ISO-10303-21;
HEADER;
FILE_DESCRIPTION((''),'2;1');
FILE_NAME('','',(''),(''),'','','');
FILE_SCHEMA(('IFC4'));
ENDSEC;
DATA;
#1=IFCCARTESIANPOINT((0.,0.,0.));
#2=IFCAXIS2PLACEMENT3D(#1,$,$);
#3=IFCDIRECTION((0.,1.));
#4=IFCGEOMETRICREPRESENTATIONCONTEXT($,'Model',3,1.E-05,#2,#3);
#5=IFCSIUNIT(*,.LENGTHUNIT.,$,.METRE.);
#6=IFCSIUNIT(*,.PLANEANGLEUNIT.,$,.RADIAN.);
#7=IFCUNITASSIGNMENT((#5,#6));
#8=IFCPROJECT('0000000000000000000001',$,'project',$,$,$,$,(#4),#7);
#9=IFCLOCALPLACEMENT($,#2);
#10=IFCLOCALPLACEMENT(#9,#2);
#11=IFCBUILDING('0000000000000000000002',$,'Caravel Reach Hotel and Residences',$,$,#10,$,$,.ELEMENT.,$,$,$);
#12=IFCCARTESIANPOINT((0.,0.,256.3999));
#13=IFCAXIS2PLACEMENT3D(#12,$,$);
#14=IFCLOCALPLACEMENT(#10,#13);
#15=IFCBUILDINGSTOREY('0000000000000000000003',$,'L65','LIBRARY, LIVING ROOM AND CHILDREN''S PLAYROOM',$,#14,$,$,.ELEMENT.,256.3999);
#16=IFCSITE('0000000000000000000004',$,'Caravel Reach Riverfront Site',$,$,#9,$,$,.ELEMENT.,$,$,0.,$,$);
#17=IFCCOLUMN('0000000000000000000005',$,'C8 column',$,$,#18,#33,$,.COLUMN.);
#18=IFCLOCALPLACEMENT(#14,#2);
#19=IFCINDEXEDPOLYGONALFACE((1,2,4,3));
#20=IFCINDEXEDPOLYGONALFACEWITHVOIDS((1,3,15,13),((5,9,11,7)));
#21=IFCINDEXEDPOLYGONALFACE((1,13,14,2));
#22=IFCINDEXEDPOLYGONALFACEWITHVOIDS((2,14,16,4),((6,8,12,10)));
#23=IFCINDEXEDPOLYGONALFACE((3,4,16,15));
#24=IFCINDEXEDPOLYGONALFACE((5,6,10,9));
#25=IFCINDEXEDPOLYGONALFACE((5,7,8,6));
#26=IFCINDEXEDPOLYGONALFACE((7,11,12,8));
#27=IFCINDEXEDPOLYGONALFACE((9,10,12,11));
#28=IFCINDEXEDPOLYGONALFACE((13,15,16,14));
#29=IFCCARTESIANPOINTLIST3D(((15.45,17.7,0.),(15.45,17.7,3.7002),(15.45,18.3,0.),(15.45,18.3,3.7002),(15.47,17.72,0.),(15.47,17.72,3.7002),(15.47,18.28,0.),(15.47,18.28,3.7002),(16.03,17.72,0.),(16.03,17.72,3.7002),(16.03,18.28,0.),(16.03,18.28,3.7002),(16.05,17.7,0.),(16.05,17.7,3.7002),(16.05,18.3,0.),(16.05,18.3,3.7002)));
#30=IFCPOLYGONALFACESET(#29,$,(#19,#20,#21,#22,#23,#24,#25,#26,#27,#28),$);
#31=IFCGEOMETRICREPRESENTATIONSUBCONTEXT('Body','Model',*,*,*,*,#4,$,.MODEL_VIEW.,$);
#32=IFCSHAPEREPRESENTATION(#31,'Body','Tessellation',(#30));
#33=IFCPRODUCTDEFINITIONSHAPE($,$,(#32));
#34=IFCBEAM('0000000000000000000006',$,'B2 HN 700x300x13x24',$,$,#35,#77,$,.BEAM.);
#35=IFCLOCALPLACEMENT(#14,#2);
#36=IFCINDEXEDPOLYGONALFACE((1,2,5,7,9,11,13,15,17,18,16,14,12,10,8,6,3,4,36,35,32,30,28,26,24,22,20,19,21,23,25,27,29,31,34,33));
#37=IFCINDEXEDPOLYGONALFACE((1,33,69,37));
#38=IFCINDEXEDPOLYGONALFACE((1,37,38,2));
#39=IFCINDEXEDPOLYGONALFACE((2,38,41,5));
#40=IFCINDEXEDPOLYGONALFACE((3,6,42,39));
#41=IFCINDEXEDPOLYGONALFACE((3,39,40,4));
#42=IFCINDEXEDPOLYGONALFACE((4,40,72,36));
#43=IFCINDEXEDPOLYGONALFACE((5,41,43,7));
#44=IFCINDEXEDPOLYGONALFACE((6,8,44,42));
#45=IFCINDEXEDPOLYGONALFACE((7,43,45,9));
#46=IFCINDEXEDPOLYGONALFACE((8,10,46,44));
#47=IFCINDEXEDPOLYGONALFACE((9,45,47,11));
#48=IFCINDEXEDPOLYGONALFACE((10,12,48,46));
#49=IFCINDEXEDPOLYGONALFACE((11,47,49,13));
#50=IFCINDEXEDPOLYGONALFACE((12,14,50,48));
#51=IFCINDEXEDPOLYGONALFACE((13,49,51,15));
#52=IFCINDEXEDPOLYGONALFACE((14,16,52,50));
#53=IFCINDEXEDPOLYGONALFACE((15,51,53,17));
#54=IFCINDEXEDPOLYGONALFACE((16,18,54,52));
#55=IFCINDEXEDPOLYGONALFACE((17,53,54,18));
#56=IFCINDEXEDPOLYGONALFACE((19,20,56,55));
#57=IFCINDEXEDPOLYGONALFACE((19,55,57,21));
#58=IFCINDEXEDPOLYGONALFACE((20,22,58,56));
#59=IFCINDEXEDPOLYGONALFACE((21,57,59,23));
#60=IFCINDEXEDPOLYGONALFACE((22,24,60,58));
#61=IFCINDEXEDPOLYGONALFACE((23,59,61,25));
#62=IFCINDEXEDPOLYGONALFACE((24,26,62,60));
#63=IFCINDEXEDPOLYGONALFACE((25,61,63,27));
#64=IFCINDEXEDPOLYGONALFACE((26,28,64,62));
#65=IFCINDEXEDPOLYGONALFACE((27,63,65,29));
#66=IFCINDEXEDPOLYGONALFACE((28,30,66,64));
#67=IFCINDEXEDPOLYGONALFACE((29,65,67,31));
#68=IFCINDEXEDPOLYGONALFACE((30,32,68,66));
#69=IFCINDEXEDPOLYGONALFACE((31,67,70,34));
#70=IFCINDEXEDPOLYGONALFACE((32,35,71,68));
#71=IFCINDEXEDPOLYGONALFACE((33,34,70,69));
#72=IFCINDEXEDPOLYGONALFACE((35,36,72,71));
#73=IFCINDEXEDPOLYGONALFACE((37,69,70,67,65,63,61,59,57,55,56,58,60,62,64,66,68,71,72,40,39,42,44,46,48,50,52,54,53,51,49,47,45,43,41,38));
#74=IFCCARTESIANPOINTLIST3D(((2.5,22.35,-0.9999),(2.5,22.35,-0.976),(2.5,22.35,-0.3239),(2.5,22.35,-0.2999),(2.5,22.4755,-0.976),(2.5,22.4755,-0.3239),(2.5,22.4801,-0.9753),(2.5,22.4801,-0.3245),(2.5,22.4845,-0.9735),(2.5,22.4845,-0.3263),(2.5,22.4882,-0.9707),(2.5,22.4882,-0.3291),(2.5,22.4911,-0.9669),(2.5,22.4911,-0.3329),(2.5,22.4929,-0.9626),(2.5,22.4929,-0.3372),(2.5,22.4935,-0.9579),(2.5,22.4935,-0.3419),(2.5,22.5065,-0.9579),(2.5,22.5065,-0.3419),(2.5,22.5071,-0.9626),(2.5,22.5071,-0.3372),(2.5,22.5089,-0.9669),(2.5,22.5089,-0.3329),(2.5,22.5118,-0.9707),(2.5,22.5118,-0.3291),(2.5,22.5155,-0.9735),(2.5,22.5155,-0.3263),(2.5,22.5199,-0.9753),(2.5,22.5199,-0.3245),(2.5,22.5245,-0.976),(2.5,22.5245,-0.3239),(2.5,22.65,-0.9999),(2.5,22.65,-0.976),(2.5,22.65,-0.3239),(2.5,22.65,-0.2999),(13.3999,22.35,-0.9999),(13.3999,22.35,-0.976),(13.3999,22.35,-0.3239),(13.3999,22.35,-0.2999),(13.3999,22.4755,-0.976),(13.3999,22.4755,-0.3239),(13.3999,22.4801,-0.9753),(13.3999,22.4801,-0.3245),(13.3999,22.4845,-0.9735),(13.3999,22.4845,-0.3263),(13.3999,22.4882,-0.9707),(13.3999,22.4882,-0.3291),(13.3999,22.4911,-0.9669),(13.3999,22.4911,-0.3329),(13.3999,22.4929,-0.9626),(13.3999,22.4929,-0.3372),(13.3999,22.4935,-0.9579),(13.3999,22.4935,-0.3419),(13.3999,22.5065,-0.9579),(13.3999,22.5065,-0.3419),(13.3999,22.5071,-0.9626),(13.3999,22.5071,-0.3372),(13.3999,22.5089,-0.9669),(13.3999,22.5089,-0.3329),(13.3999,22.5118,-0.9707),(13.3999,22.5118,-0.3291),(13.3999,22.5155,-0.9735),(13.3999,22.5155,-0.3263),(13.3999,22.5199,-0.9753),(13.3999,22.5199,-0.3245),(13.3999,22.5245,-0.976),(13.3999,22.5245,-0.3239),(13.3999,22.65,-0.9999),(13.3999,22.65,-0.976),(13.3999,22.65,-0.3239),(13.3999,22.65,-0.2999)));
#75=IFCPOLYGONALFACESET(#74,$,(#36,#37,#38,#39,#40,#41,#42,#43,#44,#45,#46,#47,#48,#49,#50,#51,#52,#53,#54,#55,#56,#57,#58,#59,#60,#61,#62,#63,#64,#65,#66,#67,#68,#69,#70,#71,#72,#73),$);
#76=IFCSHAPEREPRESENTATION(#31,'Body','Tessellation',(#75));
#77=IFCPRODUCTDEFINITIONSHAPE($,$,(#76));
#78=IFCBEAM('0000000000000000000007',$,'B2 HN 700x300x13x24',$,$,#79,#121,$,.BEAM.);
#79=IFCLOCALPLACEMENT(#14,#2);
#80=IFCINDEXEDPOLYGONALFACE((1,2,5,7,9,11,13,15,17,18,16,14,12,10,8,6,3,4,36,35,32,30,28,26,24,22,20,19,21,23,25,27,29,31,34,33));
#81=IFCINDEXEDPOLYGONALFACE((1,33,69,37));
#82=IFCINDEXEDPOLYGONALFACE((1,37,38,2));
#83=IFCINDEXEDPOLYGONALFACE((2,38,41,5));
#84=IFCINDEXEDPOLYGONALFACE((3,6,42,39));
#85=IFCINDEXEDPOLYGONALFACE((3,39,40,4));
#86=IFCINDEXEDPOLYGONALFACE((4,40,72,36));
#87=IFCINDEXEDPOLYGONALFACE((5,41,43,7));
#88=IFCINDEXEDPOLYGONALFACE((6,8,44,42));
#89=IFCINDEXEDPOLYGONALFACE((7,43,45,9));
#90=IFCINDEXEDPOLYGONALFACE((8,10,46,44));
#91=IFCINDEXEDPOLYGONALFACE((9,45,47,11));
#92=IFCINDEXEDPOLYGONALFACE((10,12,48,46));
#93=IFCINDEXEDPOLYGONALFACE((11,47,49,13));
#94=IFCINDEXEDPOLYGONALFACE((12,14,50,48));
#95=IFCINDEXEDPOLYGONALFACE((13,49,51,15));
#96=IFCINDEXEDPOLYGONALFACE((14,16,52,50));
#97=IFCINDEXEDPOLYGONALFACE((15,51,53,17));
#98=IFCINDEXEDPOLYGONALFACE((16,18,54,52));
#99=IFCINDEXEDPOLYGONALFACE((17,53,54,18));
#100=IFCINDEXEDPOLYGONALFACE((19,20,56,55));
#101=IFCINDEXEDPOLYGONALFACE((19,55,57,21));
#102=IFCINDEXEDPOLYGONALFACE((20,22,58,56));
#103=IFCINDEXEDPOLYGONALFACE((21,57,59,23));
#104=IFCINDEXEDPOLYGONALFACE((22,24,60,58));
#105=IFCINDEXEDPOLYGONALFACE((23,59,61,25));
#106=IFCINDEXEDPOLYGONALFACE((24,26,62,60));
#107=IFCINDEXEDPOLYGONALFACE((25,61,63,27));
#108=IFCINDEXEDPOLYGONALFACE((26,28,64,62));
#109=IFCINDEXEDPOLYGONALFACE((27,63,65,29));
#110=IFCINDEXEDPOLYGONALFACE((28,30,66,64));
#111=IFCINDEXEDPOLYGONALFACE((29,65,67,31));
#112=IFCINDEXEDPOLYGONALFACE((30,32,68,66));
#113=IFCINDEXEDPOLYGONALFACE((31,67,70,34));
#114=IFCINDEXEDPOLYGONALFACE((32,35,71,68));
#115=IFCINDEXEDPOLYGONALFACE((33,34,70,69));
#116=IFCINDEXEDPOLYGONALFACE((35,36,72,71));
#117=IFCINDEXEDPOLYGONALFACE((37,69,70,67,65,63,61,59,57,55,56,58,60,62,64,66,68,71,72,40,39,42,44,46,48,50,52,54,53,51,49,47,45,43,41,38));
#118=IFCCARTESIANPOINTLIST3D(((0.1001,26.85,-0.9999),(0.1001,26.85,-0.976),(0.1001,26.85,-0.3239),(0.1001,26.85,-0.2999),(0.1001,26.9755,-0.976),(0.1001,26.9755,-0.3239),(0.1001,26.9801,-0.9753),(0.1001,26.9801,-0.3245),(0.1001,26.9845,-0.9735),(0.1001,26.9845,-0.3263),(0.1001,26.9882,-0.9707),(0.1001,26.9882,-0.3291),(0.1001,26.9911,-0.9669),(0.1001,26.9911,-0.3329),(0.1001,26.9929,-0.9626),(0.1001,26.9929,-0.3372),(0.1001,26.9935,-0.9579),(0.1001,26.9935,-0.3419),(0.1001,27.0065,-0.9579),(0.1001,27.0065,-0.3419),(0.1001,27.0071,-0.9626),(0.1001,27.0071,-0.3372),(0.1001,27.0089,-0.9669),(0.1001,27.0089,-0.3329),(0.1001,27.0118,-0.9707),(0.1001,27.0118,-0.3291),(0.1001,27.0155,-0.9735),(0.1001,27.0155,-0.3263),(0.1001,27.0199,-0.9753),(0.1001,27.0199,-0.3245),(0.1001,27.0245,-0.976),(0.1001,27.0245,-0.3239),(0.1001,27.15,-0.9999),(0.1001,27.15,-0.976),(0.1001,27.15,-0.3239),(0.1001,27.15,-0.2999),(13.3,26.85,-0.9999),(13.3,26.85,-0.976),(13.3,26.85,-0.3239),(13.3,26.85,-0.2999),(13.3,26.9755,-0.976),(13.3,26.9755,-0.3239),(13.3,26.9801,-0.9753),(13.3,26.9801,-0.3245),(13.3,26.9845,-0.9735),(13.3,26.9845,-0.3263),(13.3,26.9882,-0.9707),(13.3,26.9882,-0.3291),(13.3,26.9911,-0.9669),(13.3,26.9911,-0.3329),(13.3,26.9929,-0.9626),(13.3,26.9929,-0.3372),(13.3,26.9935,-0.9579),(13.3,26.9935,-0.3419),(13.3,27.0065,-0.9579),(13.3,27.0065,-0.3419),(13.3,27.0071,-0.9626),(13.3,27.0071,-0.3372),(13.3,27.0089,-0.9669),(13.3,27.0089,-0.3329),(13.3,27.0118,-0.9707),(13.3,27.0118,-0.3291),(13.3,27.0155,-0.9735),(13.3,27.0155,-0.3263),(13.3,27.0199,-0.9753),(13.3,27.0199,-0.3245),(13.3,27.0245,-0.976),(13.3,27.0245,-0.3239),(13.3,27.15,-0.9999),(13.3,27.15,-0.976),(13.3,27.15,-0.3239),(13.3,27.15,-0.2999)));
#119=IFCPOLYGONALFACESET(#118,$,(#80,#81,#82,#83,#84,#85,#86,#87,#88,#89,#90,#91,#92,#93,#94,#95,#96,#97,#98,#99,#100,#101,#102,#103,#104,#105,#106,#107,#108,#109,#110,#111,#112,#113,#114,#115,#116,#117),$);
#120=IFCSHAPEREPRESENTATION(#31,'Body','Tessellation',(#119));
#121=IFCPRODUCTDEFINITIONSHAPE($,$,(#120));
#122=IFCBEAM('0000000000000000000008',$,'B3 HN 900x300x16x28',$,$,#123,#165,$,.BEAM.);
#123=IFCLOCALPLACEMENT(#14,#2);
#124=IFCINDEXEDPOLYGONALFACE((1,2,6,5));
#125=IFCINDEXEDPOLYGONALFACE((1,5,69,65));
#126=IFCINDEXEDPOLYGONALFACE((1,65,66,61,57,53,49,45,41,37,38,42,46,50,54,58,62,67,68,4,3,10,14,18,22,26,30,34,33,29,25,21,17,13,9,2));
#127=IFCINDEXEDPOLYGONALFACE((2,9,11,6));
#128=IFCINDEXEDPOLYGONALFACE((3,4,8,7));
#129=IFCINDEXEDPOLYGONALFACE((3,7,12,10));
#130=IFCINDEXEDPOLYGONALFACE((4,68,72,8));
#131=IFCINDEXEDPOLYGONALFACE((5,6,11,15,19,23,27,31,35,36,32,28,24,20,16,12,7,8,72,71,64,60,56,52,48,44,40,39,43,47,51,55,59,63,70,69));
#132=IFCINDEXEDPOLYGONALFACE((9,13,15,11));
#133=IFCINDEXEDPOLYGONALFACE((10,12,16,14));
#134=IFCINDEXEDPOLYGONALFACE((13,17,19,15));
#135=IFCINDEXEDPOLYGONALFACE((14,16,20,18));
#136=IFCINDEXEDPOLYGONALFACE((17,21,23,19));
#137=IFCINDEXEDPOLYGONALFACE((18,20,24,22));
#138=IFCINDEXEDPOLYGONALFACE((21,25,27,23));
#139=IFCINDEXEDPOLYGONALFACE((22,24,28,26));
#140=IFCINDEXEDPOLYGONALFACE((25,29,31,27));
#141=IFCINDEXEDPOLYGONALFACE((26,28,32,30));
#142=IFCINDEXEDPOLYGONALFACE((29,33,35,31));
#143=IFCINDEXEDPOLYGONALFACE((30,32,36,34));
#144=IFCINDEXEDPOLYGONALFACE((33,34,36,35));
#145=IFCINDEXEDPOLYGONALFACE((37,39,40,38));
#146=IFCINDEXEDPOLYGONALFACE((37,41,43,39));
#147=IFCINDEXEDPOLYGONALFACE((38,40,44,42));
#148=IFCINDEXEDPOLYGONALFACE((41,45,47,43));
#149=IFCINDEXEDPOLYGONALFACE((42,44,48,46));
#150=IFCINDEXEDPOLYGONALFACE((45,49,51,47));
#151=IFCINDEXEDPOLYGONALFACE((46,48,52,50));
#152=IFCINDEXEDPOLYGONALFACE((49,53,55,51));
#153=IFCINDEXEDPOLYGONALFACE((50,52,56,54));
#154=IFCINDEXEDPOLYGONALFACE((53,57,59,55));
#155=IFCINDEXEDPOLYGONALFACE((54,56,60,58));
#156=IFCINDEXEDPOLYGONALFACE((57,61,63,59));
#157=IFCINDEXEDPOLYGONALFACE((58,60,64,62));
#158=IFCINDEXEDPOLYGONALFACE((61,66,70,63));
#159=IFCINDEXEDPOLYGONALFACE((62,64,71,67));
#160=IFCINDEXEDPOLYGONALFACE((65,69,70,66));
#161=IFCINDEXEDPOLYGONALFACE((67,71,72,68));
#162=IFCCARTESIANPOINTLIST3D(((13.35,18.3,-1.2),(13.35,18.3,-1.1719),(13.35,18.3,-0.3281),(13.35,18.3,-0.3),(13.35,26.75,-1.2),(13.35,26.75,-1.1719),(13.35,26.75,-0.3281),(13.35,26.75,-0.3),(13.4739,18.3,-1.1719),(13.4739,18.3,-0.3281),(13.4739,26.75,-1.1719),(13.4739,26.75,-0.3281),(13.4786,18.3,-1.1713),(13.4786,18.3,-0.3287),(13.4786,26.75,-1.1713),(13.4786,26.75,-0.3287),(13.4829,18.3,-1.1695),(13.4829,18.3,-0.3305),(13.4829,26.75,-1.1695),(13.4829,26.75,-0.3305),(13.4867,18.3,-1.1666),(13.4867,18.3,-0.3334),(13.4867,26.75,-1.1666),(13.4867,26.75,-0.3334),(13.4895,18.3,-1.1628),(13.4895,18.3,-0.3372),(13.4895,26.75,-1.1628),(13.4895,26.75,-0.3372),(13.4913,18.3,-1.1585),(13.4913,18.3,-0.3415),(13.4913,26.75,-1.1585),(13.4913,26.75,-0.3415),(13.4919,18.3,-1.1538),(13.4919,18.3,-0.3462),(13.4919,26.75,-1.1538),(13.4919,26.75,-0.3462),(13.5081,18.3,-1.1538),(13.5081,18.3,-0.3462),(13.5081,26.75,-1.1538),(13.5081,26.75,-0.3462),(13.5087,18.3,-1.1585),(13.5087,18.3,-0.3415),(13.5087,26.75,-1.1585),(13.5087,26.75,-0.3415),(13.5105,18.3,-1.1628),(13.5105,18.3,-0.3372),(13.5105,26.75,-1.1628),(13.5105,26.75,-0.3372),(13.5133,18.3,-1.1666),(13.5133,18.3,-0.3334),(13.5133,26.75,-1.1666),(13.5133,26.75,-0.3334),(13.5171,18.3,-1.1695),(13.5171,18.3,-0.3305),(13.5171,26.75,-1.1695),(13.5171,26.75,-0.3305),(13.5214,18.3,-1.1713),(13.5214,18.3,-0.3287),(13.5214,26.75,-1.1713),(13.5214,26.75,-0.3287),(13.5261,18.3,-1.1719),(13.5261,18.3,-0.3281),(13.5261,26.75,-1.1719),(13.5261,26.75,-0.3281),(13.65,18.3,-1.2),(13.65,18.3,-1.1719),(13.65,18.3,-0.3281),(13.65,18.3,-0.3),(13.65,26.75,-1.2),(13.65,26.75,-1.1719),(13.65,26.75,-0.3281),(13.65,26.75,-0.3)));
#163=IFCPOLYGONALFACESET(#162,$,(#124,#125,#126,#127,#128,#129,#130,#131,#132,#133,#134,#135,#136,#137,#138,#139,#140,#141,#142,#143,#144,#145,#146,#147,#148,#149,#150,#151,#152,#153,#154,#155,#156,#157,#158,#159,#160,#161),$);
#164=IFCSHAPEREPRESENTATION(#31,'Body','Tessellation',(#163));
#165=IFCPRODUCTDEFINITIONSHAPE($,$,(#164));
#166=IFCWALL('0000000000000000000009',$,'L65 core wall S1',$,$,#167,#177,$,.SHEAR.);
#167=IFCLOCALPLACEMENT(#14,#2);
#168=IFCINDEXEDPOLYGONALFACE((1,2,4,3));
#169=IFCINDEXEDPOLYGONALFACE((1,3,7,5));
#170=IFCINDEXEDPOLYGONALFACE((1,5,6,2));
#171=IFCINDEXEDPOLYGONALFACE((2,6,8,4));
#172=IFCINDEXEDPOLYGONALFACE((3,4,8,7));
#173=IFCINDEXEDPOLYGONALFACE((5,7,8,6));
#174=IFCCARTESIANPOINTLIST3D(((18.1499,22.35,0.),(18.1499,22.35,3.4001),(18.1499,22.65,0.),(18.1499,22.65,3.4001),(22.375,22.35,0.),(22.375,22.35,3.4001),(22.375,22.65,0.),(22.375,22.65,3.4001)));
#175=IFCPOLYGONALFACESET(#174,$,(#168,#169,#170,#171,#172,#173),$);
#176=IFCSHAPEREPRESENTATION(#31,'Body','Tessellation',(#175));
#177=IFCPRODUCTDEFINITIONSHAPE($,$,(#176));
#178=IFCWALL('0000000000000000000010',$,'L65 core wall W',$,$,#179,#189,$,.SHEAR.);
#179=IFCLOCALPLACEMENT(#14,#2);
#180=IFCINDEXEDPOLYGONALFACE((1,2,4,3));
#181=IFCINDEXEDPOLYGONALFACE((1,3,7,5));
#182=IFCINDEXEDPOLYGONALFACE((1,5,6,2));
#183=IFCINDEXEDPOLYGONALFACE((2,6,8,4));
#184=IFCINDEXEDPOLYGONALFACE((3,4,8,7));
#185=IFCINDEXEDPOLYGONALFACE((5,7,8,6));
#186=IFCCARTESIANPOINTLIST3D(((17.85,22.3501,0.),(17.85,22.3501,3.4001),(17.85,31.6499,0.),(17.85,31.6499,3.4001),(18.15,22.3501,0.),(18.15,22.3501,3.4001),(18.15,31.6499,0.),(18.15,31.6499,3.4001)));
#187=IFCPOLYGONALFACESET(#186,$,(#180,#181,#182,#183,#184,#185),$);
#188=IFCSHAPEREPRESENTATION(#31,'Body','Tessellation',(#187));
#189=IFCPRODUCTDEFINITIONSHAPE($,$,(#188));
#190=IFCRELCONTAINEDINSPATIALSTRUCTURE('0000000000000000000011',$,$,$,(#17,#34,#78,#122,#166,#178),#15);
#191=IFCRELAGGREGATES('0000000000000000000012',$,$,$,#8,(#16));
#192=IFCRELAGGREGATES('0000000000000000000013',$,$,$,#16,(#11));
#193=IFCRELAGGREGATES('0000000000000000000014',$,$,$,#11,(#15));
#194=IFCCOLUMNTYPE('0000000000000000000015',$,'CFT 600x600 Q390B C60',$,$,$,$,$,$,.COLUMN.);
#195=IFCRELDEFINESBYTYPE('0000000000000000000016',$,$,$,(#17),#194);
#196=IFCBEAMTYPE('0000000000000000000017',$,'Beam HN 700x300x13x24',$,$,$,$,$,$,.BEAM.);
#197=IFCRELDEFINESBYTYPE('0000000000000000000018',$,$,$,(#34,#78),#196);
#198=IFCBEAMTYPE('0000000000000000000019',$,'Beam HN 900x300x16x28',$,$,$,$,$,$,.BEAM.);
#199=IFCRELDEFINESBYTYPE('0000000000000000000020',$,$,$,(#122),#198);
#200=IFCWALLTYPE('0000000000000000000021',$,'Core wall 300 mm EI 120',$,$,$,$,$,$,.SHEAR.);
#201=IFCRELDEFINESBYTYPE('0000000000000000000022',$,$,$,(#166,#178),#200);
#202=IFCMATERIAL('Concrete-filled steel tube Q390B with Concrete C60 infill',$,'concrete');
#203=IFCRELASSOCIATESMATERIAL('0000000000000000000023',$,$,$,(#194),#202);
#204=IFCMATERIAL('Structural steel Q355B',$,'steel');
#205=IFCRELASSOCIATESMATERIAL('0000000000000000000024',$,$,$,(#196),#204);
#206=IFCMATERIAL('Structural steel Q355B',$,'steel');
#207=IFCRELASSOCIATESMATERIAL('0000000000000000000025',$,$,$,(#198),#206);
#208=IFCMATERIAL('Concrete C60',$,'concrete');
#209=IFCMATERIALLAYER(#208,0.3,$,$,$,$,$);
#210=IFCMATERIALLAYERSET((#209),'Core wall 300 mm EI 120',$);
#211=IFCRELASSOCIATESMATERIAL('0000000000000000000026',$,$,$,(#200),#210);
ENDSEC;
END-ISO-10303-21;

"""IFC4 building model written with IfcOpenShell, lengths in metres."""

from ifc_helpers import new_model, si_unit, direction, frame, frame_2d, origin, origin_2d, place, context, subcontext, project, spatial, rectangle, hollow_rectangle, i_section, extrude, material, layer, layer_set, material_profile, profile_set, type_object, element, save


model = new_model("IFC4")

# Units and contexts
model_context = context("Model", 3, precision=1e-05, world=origin(), true_north=direction((0.0, 1.0)))
body_context = subcontext(model_context, "Body", "Model", "MODEL_VIEW")
ifc_project = project(units=[si_unit("LENGTHUNIT", "METRE"), si_unit("PLANEANGLEUNIT", "RADIAN")], contexts=[model_context])

# Site, building, storey
site_placement = place(None, origin())
site = spatial("IfcSite", under=ifc_project, at=site_placement, Name="Caravel Reach Riverfront Site", CompositionType="ELEMENT", RefElevation=0.0)
building_placement = place(site_placement, origin())
building = spatial("IfcBuilding", under=site, at=building_placement, Name="Caravel Reach Hotel and Residences", CompositionType="ELEMENT")
storey_placement = place(building_placement, frame((0.0, 0.0, 256.3999)))
storey = spatial("IfcBuildingStorey", under=building, at=storey_placement, Name="L65", Description="LIBRARY, LIVING ROOM AND CHILDREN'S PLAYROOM", CompositionType="ELEMENT", Elevation=256.3999)

# Column
ifc_material_1 = material(Name="Concrete-filled steel tube Q390B with Concrete C60 infill", Category="concrete")
ifc_material_profile_1 = material_profile(ifc_material_1, hollow_rectangle(XDim=0.6001, YDim=0.6001, WallThickness=0.02, at=origin_2d()), Name="RHS 600x600x20")
ifc_profile_set_1 = profile_set([ifc_material_profile_1], Name="Concrete-filled steel tube Q390B with Concrete C60 infill")
column_type = type_object("IfcColumnType", Name="CFT 600x600 Q390B C60", PredefinedType="COLUMN", material=ifc_profile_set_1)
column_placement = place(storey_placement, frame((15.75, 18.0, 0.0), z_axis=(0.0, 0.0, 1.0), x_axis=(1.0, 0.0, 0.0)))
element("IfcColumn", 1, at=column_placement, inside=storey, type_object=column_type, Name="C8 column", PredefinedType="COLUMN", context=body_context, shape_type="SweptSolid", body=[
    extrude(hollow_rectangle(XDim=0.6001, YDim=0.6001, WallThickness=0.02, at=origin_2d()), origin(), (0.0, 0.0, 1.0), 3.7002),
])

# Beams
ifc_material_2 = material(Name="Structural steel Q355B", Category="steel")
ifc_material_profile_2 = material_profile(ifc_material_2, i_section(OverallWidth=0.3, OverallDepth=0.7, WebThickness=0.0129, FlangeThickness=0.0239, FilletRadius=0.0181, at=origin_2d()), Name="HN 700x300x13x24")
ifc_profile_set_2 = profile_set([ifc_material_profile_2], Name="Structural steel Q355B")
beam_type_1 = type_object("IfcBeamType", Name="Beam HN 700x300x13x24", PredefinedType="BEAM", material=ifc_profile_set_2)
beam_1_placement = place(storey_placement, frame((13.3999, 22.5, -0.6499), z_axis=(-1.0, 0.0, 0.0), x_axis=(0.0, -1.0, 0.0)))
element("IfcBeam", 2, at=beam_1_placement, inside=storey, type_object=beam_type_1, Name="B2 HN 700x300x13x24", PredefinedType="BEAM", context=body_context, shape_type="SweptSolid", body=[
    extrude(i_section(OverallWidth=0.3, OverallDepth=0.7, WebThickness=0.0129, FlangeThickness=0.0239, FilletRadius=0.0181, at=origin_2d()), origin(), (0.0, 0.0, 1.0), 10.8999),
])
beam_2_placement = place(storey_placement, frame((13.3, 27.0, -0.6499), z_axis=(-1.0, 0.0, 0.0), x_axis=(0.0, -1.0, 0.0)))
element("IfcBeam", 3, at=beam_2_placement, inside=storey, type_object=beam_type_1, Name="B2 HN 700x300x13x24", PredefinedType="BEAM", context=body_context, shape_type="SweptSolid", body=[
    extrude(i_section(OverallWidth=0.3, OverallDepth=0.7, WebThickness=0.0129, FlangeThickness=0.0239, FilletRadius=0.0181, at=origin_2d()), origin(), (0.0, 0.0, 1.0), 13.2),
])
ifc_material_3 = material(Name="Structural steel Q355B", Category="steel")
ifc_material_profile_3 = material_profile(ifc_material_3, i_section(OverallWidth=0.3, OverallDepth=0.8999, WebThickness=0.0161, FlangeThickness=0.0281, FilletRadius=0.0181, at=origin_2d()), Name="HN 900x300x16x28")
ifc_profile_set_3 = profile_set([ifc_material_profile_3], Name="Structural steel Q355B")
beam_type_2 = type_object("IfcBeamType", Name="Beam HN 900x300x16x28", PredefinedType="BEAM", material=ifc_profile_set_3)
beam_3_placement = place(storey_placement, frame((13.5, 18.3, -0.75), z_axis=(0.0, 1.0, 0.0), x_axis=(-1.0, 0.0, 0.0)))
element("IfcBeam", 4, at=beam_3_placement, inside=storey, type_object=beam_type_2, Name="B3 HN 900x300x16x28", PredefinedType="BEAM", context=body_context, shape_type="SweptSolid", body=[
    extrude(i_section(OverallWidth=0.3, OverallDepth=0.8999, WebThickness=0.0161, FlangeThickness=0.0281, FilletRadius=0.0181, at=origin_2d()), origin(), (0.0, 0.0, 1.0), 8.45),
])

# Walls
ifc_material_4 = material(Name="Concrete C60", Category="concrete")
ifc_layer_1 = layer(ifc_material_4, 0.3)
ifc_layer_set_1 = layer_set([ifc_layer_1], Name="Core wall 300 mm EI 120")
wall_type_1 = type_object("IfcWallType", Name="Core wall 300 mm EI 120", PredefinedType="SHEAR", material=ifc_layer_set_1)
wall_1_placement = place(storey_placement, frame((18.1499, 22.5, 0.0), z_axis=(0.0, 0.0, 1.0), x_axis=(1.0, 0.0, 0.0)))
element("IfcWall", 5, at=wall_1_placement, inside=storey, type_object=wall_type_1, Name="L65 core wall S1", PredefinedType="SHEAR", context=body_context, shape_type="SweptSolid", body=[
    extrude(rectangle(XDim=4.2251, YDim=0.3, at=frame_2d((2.1125, 0.0))), origin(), (0.0, 0.0, 1.0), 3.4001),
])
wall_2_placement = place(storey_placement, frame((18.0, 22.3501, 0.0), z_axis=(0.0, 0.0, 1.0), x_axis=(0.0, 1.0, 0.0)))
element("IfcWall", 6, at=wall_2_placement, inside=storey, type_object=wall_type_1, Name="L65 core wall W", PredefinedType="SHEAR", context=body_context, shape_type="SweptSolid", body=[
    extrude(rectangle(XDim=9.2998, YDim=0.3, at=frame_2d((4.6499, 0.0))), origin(), (0.0, 0.0, 1.0), 3.4001),
])

save(model, "model.ifc")
